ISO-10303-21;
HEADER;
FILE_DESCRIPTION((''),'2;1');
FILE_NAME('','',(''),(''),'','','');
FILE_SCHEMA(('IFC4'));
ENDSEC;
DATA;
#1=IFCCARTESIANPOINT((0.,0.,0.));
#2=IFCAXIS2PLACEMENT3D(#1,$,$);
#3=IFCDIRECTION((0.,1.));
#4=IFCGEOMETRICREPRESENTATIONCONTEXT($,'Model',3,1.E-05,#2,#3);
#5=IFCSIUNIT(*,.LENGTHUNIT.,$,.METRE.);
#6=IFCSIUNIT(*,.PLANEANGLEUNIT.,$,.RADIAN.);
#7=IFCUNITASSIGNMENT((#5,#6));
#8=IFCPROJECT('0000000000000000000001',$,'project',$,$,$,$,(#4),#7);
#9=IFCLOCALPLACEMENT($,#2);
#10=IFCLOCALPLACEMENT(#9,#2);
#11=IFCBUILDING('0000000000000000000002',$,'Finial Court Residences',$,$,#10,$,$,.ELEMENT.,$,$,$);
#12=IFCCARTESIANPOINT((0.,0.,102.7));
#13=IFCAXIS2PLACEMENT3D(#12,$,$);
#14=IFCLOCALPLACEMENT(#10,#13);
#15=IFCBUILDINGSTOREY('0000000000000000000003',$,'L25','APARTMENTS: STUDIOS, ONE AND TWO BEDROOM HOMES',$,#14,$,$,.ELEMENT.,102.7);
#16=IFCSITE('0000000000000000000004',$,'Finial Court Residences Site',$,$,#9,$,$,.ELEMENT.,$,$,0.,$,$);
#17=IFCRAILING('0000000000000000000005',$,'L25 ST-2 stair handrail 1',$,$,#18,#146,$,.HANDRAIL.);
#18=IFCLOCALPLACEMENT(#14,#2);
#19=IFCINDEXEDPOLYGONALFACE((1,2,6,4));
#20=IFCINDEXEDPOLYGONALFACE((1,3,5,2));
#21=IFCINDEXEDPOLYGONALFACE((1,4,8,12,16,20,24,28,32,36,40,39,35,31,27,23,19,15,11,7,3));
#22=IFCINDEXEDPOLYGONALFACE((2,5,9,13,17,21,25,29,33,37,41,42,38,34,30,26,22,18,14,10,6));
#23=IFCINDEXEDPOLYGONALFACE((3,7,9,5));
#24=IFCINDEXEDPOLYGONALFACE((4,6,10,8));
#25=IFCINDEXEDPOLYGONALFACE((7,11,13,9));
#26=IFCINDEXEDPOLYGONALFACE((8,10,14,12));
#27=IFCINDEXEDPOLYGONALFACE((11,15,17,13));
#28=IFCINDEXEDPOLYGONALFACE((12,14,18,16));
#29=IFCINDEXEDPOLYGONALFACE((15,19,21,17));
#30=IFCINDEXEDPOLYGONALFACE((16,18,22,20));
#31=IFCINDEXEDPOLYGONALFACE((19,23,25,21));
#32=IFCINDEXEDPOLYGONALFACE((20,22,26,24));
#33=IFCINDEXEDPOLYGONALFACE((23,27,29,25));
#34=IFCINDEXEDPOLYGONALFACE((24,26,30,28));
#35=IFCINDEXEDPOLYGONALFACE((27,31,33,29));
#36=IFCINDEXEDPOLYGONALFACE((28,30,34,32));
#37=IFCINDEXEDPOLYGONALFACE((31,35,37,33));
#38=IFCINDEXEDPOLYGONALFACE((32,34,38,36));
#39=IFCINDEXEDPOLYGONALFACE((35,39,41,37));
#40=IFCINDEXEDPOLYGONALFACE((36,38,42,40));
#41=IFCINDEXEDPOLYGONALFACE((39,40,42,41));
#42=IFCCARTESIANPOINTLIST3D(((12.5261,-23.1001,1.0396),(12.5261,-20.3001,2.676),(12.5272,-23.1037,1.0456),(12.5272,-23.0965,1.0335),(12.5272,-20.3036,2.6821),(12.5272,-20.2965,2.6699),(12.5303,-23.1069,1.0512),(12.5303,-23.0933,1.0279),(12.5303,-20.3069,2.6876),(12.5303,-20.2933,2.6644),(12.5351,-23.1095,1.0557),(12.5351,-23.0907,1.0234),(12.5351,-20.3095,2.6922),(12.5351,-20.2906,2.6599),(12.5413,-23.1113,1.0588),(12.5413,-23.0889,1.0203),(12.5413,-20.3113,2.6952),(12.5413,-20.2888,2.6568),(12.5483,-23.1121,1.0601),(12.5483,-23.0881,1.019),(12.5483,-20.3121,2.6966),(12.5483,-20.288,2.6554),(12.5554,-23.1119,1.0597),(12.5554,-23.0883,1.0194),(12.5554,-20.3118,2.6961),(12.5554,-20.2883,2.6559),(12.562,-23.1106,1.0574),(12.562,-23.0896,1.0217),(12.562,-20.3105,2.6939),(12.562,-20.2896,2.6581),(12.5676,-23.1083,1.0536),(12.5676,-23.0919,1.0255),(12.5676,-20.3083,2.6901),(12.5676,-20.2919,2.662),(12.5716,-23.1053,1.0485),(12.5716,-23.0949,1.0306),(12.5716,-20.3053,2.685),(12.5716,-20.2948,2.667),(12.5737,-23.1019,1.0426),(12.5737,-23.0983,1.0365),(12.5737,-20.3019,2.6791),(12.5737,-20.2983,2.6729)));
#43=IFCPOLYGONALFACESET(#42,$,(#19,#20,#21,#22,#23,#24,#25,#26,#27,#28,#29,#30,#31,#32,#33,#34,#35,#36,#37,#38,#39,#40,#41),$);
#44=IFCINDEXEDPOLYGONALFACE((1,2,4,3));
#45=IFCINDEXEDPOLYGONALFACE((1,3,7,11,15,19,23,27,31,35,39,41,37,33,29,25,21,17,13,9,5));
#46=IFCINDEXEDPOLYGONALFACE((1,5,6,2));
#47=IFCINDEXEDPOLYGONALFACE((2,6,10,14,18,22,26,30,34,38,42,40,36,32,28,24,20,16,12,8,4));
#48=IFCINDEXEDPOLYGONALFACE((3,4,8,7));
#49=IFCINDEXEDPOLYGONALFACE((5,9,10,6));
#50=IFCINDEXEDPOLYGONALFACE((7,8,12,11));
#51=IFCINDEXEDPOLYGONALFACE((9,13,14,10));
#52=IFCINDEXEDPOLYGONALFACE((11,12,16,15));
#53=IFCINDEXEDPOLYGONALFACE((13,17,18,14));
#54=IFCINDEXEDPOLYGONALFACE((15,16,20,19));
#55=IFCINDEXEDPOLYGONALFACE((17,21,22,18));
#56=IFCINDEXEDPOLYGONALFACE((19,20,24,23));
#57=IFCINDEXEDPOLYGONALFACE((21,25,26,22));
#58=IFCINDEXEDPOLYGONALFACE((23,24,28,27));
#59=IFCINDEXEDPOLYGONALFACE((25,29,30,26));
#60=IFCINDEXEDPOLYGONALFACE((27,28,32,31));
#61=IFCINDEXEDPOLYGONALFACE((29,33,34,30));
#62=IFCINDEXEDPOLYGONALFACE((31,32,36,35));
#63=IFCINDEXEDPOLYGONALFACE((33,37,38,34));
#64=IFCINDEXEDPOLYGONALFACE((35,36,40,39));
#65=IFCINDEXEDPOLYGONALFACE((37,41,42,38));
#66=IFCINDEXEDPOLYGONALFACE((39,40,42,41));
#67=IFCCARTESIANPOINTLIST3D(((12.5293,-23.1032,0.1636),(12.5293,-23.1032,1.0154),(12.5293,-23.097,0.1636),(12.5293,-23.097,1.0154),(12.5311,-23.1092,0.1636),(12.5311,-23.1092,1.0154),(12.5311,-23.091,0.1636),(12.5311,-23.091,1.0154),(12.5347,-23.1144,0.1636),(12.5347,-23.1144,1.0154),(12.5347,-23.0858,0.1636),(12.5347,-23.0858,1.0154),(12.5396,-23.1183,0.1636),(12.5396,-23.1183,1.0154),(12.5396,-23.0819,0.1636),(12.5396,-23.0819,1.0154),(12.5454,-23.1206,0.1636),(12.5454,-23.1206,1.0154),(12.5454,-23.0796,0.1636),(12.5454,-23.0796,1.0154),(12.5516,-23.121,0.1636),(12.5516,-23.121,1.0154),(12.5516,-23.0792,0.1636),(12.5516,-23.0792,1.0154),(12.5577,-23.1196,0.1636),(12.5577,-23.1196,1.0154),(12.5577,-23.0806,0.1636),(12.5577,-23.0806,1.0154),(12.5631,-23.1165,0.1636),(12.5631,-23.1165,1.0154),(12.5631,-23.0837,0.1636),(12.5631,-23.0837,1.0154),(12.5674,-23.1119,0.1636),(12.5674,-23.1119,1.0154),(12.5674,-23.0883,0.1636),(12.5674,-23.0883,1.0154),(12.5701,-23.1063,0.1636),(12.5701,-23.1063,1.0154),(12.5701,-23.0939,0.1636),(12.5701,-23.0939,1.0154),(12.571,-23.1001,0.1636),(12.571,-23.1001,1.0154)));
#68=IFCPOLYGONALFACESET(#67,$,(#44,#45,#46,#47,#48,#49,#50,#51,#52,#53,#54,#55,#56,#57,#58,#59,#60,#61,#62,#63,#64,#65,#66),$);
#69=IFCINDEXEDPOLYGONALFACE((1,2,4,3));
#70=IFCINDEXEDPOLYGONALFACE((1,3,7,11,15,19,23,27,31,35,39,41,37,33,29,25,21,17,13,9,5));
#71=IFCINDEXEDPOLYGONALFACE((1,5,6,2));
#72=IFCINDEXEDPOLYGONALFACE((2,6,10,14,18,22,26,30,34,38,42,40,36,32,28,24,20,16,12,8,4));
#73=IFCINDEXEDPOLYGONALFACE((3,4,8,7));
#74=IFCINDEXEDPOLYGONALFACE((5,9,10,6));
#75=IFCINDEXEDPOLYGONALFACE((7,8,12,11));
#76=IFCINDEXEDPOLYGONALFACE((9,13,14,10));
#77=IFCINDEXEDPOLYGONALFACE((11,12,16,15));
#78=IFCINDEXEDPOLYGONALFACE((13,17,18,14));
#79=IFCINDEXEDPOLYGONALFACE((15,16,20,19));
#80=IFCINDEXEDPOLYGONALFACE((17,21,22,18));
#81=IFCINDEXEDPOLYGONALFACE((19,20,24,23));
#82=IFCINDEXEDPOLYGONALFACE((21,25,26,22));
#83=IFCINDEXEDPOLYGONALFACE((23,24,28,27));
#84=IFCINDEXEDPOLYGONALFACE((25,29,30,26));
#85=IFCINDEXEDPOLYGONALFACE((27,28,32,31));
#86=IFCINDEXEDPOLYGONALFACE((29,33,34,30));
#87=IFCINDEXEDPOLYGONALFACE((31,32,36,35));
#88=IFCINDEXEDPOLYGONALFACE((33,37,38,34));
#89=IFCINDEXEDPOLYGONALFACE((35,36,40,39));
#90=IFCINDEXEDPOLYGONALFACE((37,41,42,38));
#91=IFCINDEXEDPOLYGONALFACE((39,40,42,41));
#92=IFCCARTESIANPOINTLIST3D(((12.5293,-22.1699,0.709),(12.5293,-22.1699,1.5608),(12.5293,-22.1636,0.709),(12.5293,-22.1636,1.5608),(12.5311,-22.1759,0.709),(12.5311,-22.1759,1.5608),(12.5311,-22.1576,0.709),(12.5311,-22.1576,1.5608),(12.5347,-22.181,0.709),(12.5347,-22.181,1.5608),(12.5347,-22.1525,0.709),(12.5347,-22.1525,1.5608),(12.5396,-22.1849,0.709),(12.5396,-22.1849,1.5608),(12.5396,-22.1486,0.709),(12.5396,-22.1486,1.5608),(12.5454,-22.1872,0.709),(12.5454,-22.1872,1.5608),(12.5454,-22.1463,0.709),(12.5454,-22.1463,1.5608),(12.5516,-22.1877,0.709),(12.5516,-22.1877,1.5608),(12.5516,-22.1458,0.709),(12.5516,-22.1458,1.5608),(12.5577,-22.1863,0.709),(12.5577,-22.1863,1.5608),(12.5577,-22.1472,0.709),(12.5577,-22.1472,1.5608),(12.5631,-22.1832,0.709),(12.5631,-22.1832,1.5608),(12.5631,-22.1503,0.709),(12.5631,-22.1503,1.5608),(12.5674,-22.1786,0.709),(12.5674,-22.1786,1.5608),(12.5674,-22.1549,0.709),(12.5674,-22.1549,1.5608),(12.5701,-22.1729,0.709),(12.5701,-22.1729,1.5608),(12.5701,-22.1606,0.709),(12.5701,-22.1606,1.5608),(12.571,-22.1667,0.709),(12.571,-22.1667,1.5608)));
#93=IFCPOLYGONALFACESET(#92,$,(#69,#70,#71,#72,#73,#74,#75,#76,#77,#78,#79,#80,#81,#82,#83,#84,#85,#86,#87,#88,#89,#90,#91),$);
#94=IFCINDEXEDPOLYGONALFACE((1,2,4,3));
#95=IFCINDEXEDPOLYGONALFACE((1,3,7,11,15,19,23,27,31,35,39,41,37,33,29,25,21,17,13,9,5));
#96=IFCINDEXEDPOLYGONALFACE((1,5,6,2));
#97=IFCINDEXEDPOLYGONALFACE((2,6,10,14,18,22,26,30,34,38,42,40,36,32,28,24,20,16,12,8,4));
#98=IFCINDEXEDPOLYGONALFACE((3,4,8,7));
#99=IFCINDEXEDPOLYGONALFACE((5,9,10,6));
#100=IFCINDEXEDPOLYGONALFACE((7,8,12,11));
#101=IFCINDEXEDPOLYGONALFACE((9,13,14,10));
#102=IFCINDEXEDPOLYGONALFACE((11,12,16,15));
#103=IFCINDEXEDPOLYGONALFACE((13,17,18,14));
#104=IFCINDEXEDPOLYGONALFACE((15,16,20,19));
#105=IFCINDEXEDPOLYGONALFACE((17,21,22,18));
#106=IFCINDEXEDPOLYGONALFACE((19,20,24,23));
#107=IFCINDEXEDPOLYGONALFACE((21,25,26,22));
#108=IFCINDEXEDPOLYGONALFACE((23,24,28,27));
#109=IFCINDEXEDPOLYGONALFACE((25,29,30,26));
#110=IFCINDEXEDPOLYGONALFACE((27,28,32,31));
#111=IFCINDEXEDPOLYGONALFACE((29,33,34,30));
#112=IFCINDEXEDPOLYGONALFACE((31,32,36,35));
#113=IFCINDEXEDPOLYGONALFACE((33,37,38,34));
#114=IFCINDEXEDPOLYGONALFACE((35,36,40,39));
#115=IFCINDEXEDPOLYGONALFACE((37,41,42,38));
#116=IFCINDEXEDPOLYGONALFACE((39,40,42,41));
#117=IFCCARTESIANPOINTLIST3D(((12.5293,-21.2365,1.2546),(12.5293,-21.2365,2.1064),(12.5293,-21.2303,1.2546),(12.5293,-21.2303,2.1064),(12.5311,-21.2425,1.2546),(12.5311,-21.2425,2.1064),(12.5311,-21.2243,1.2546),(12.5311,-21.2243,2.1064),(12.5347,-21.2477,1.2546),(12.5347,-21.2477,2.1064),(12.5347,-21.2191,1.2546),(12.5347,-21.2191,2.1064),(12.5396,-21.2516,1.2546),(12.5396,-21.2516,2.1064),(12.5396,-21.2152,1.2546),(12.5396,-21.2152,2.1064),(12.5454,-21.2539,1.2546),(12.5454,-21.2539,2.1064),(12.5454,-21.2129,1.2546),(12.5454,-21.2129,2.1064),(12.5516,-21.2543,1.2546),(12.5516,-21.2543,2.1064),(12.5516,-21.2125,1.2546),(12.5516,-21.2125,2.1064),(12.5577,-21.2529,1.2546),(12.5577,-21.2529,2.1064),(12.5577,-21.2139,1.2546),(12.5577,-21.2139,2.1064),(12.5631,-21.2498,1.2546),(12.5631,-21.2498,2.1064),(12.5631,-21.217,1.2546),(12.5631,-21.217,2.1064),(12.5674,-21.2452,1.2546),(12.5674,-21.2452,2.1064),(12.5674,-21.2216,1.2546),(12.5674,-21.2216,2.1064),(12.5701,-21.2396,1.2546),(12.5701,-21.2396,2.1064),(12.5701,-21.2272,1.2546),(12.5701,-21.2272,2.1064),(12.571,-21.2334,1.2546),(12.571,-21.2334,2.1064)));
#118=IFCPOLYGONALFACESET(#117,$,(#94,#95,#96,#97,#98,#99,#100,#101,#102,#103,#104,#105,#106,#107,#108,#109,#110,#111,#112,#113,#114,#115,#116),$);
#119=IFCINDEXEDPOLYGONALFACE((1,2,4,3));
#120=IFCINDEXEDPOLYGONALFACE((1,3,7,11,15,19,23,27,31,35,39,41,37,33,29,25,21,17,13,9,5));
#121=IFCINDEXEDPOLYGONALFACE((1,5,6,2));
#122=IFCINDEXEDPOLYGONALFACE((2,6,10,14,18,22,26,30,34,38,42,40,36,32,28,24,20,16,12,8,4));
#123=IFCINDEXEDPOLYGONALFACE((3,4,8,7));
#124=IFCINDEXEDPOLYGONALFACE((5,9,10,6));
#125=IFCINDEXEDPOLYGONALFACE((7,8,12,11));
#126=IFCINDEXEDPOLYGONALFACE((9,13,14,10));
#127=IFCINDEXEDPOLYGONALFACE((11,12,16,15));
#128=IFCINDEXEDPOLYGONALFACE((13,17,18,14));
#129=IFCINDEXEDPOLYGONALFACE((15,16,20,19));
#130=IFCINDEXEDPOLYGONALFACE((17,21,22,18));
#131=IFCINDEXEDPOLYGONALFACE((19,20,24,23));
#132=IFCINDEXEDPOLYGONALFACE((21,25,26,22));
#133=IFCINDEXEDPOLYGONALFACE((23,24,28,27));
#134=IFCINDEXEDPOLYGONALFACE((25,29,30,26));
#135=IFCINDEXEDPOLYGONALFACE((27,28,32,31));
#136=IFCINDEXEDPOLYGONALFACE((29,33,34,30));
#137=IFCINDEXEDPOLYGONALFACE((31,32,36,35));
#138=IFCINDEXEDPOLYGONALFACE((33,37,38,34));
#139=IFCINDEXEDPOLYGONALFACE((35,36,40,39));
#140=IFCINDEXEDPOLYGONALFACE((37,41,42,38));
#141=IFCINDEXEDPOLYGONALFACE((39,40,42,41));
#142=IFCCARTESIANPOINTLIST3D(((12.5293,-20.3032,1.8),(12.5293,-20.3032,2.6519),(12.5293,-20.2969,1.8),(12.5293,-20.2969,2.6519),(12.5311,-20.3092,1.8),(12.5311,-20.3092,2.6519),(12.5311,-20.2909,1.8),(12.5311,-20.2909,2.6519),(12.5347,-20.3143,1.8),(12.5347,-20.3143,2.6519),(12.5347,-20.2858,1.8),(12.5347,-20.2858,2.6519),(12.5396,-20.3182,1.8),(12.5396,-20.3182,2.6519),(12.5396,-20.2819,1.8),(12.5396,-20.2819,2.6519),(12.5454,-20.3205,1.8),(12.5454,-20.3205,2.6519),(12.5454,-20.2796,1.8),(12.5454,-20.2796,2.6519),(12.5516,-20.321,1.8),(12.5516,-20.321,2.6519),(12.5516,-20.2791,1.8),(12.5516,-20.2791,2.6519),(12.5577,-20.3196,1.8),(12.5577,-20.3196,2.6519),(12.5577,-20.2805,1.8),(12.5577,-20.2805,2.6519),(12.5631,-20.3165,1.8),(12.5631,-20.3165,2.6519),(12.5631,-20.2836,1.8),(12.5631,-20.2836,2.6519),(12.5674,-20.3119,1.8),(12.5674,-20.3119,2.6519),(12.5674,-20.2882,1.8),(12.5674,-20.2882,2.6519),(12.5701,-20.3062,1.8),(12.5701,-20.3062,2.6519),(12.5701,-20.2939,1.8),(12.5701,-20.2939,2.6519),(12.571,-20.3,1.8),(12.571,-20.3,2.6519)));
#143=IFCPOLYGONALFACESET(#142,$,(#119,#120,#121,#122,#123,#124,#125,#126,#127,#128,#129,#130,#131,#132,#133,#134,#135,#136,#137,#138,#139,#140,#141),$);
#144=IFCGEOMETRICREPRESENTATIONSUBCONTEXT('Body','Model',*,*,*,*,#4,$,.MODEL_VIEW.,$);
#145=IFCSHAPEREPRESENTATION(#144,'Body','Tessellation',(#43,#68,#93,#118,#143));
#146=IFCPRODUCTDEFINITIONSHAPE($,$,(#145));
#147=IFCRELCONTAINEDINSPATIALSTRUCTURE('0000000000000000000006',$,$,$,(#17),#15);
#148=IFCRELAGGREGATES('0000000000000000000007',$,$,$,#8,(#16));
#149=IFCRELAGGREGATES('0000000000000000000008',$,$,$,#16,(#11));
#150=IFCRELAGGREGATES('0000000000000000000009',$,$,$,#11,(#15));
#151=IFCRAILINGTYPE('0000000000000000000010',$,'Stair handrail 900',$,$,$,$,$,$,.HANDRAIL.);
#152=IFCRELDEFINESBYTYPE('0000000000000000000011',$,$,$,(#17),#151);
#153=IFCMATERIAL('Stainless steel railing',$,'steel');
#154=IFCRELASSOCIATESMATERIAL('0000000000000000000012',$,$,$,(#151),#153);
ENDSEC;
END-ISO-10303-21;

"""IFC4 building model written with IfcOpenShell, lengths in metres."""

from ifc_helpers import new_model, si_unit, direction, frame, origin, origin_2d, place, context, subcontext, project, spatial, circle, extrude, material, type_object, element, save


model = new_model("IFC4")

# Units and contexts
model_context = context("Model", 3, precision=1e-05, world=origin(), true_north=direction((0.0, 1.0)))
body_context = subcontext(model_context, "Body", "Model", "MODEL_VIEW")
ifc_project = project(units=[si_unit("LENGTHUNIT", "METRE"), si_unit("PLANEANGLEUNIT", "RADIAN")], contexts=[model_context])

# Site, building, storey
site_placement = place(None, origin())
site = spatial("IfcSite", under=ifc_project, at=site_placement, Name="Finial Court Residences Site", CompositionType="ELEMENT", RefElevation=0.0)
building_placement = place(site_placement, origin())
building = spatial("IfcBuilding", under=site, at=building_placement, Name="Finial Court Residences", CompositionType="ELEMENT")
storey_placement = place(building_placement, frame((0.0, 0.0, 102.7)))
storey = spatial("IfcBuildingStorey", under=building, at=storey_placement, Name="L25", Description="APARTMENTS: STUDIOS, ONE AND TWO BEDROOM HOMES", CompositionType="ELEMENT", Elevation=102.7)

# Railing
ifc_material_1 = material(Name="Stainless steel railing", Category="steel")
railing_type_1 = type_object("IfcRailingType", Name="Stair handrail 900", PredefinedType="HANDRAIL", material=ifc_material_1)
railing_1_placement = place(storey_placement, frame((12.55, -23.1001, 0.1636)))
element("IfcRailing", 1, at=railing_1_placement, inside=storey, type_object=railing_type_1, Name="L25 ST-2 stair handrail 1", PredefinedType="HANDRAIL", context=body_context, shape_type="SweptSolid", body=[
    extrude(circle(Radius=0.0239, at=origin_2d()), frame((0.0, 0.0, 0.876), z_axis=(0.0, 0.863361, 0.504587), x_axis=(-1.0, 0.0, 0.0)), (0.0, 0.0, 1.0), 3.2432),
    extrude(circle(Radius=0.021, at=origin_2d()), origin(), (0.0, 0.0, 1.0), 0.8518),
    extrude(circle(Radius=0.021, at=origin_2d()), frame((0.0, 0.9333, 0.5454)), (0.0, 0.0, 1.0), 0.8518),
    extrude(circle(Radius=0.021, at=origin_2d()), frame((0.0, 1.8667, 1.0911)), (0.0, 0.0, 1.0), 0.8518),
    extrude(circle(Radius=0.021, at=origin_2d()), frame((0.0, 2.8, 1.6365)), (0.0, 0.0, 1.0), 0.8518),
])

save(model, "model.ifc")
